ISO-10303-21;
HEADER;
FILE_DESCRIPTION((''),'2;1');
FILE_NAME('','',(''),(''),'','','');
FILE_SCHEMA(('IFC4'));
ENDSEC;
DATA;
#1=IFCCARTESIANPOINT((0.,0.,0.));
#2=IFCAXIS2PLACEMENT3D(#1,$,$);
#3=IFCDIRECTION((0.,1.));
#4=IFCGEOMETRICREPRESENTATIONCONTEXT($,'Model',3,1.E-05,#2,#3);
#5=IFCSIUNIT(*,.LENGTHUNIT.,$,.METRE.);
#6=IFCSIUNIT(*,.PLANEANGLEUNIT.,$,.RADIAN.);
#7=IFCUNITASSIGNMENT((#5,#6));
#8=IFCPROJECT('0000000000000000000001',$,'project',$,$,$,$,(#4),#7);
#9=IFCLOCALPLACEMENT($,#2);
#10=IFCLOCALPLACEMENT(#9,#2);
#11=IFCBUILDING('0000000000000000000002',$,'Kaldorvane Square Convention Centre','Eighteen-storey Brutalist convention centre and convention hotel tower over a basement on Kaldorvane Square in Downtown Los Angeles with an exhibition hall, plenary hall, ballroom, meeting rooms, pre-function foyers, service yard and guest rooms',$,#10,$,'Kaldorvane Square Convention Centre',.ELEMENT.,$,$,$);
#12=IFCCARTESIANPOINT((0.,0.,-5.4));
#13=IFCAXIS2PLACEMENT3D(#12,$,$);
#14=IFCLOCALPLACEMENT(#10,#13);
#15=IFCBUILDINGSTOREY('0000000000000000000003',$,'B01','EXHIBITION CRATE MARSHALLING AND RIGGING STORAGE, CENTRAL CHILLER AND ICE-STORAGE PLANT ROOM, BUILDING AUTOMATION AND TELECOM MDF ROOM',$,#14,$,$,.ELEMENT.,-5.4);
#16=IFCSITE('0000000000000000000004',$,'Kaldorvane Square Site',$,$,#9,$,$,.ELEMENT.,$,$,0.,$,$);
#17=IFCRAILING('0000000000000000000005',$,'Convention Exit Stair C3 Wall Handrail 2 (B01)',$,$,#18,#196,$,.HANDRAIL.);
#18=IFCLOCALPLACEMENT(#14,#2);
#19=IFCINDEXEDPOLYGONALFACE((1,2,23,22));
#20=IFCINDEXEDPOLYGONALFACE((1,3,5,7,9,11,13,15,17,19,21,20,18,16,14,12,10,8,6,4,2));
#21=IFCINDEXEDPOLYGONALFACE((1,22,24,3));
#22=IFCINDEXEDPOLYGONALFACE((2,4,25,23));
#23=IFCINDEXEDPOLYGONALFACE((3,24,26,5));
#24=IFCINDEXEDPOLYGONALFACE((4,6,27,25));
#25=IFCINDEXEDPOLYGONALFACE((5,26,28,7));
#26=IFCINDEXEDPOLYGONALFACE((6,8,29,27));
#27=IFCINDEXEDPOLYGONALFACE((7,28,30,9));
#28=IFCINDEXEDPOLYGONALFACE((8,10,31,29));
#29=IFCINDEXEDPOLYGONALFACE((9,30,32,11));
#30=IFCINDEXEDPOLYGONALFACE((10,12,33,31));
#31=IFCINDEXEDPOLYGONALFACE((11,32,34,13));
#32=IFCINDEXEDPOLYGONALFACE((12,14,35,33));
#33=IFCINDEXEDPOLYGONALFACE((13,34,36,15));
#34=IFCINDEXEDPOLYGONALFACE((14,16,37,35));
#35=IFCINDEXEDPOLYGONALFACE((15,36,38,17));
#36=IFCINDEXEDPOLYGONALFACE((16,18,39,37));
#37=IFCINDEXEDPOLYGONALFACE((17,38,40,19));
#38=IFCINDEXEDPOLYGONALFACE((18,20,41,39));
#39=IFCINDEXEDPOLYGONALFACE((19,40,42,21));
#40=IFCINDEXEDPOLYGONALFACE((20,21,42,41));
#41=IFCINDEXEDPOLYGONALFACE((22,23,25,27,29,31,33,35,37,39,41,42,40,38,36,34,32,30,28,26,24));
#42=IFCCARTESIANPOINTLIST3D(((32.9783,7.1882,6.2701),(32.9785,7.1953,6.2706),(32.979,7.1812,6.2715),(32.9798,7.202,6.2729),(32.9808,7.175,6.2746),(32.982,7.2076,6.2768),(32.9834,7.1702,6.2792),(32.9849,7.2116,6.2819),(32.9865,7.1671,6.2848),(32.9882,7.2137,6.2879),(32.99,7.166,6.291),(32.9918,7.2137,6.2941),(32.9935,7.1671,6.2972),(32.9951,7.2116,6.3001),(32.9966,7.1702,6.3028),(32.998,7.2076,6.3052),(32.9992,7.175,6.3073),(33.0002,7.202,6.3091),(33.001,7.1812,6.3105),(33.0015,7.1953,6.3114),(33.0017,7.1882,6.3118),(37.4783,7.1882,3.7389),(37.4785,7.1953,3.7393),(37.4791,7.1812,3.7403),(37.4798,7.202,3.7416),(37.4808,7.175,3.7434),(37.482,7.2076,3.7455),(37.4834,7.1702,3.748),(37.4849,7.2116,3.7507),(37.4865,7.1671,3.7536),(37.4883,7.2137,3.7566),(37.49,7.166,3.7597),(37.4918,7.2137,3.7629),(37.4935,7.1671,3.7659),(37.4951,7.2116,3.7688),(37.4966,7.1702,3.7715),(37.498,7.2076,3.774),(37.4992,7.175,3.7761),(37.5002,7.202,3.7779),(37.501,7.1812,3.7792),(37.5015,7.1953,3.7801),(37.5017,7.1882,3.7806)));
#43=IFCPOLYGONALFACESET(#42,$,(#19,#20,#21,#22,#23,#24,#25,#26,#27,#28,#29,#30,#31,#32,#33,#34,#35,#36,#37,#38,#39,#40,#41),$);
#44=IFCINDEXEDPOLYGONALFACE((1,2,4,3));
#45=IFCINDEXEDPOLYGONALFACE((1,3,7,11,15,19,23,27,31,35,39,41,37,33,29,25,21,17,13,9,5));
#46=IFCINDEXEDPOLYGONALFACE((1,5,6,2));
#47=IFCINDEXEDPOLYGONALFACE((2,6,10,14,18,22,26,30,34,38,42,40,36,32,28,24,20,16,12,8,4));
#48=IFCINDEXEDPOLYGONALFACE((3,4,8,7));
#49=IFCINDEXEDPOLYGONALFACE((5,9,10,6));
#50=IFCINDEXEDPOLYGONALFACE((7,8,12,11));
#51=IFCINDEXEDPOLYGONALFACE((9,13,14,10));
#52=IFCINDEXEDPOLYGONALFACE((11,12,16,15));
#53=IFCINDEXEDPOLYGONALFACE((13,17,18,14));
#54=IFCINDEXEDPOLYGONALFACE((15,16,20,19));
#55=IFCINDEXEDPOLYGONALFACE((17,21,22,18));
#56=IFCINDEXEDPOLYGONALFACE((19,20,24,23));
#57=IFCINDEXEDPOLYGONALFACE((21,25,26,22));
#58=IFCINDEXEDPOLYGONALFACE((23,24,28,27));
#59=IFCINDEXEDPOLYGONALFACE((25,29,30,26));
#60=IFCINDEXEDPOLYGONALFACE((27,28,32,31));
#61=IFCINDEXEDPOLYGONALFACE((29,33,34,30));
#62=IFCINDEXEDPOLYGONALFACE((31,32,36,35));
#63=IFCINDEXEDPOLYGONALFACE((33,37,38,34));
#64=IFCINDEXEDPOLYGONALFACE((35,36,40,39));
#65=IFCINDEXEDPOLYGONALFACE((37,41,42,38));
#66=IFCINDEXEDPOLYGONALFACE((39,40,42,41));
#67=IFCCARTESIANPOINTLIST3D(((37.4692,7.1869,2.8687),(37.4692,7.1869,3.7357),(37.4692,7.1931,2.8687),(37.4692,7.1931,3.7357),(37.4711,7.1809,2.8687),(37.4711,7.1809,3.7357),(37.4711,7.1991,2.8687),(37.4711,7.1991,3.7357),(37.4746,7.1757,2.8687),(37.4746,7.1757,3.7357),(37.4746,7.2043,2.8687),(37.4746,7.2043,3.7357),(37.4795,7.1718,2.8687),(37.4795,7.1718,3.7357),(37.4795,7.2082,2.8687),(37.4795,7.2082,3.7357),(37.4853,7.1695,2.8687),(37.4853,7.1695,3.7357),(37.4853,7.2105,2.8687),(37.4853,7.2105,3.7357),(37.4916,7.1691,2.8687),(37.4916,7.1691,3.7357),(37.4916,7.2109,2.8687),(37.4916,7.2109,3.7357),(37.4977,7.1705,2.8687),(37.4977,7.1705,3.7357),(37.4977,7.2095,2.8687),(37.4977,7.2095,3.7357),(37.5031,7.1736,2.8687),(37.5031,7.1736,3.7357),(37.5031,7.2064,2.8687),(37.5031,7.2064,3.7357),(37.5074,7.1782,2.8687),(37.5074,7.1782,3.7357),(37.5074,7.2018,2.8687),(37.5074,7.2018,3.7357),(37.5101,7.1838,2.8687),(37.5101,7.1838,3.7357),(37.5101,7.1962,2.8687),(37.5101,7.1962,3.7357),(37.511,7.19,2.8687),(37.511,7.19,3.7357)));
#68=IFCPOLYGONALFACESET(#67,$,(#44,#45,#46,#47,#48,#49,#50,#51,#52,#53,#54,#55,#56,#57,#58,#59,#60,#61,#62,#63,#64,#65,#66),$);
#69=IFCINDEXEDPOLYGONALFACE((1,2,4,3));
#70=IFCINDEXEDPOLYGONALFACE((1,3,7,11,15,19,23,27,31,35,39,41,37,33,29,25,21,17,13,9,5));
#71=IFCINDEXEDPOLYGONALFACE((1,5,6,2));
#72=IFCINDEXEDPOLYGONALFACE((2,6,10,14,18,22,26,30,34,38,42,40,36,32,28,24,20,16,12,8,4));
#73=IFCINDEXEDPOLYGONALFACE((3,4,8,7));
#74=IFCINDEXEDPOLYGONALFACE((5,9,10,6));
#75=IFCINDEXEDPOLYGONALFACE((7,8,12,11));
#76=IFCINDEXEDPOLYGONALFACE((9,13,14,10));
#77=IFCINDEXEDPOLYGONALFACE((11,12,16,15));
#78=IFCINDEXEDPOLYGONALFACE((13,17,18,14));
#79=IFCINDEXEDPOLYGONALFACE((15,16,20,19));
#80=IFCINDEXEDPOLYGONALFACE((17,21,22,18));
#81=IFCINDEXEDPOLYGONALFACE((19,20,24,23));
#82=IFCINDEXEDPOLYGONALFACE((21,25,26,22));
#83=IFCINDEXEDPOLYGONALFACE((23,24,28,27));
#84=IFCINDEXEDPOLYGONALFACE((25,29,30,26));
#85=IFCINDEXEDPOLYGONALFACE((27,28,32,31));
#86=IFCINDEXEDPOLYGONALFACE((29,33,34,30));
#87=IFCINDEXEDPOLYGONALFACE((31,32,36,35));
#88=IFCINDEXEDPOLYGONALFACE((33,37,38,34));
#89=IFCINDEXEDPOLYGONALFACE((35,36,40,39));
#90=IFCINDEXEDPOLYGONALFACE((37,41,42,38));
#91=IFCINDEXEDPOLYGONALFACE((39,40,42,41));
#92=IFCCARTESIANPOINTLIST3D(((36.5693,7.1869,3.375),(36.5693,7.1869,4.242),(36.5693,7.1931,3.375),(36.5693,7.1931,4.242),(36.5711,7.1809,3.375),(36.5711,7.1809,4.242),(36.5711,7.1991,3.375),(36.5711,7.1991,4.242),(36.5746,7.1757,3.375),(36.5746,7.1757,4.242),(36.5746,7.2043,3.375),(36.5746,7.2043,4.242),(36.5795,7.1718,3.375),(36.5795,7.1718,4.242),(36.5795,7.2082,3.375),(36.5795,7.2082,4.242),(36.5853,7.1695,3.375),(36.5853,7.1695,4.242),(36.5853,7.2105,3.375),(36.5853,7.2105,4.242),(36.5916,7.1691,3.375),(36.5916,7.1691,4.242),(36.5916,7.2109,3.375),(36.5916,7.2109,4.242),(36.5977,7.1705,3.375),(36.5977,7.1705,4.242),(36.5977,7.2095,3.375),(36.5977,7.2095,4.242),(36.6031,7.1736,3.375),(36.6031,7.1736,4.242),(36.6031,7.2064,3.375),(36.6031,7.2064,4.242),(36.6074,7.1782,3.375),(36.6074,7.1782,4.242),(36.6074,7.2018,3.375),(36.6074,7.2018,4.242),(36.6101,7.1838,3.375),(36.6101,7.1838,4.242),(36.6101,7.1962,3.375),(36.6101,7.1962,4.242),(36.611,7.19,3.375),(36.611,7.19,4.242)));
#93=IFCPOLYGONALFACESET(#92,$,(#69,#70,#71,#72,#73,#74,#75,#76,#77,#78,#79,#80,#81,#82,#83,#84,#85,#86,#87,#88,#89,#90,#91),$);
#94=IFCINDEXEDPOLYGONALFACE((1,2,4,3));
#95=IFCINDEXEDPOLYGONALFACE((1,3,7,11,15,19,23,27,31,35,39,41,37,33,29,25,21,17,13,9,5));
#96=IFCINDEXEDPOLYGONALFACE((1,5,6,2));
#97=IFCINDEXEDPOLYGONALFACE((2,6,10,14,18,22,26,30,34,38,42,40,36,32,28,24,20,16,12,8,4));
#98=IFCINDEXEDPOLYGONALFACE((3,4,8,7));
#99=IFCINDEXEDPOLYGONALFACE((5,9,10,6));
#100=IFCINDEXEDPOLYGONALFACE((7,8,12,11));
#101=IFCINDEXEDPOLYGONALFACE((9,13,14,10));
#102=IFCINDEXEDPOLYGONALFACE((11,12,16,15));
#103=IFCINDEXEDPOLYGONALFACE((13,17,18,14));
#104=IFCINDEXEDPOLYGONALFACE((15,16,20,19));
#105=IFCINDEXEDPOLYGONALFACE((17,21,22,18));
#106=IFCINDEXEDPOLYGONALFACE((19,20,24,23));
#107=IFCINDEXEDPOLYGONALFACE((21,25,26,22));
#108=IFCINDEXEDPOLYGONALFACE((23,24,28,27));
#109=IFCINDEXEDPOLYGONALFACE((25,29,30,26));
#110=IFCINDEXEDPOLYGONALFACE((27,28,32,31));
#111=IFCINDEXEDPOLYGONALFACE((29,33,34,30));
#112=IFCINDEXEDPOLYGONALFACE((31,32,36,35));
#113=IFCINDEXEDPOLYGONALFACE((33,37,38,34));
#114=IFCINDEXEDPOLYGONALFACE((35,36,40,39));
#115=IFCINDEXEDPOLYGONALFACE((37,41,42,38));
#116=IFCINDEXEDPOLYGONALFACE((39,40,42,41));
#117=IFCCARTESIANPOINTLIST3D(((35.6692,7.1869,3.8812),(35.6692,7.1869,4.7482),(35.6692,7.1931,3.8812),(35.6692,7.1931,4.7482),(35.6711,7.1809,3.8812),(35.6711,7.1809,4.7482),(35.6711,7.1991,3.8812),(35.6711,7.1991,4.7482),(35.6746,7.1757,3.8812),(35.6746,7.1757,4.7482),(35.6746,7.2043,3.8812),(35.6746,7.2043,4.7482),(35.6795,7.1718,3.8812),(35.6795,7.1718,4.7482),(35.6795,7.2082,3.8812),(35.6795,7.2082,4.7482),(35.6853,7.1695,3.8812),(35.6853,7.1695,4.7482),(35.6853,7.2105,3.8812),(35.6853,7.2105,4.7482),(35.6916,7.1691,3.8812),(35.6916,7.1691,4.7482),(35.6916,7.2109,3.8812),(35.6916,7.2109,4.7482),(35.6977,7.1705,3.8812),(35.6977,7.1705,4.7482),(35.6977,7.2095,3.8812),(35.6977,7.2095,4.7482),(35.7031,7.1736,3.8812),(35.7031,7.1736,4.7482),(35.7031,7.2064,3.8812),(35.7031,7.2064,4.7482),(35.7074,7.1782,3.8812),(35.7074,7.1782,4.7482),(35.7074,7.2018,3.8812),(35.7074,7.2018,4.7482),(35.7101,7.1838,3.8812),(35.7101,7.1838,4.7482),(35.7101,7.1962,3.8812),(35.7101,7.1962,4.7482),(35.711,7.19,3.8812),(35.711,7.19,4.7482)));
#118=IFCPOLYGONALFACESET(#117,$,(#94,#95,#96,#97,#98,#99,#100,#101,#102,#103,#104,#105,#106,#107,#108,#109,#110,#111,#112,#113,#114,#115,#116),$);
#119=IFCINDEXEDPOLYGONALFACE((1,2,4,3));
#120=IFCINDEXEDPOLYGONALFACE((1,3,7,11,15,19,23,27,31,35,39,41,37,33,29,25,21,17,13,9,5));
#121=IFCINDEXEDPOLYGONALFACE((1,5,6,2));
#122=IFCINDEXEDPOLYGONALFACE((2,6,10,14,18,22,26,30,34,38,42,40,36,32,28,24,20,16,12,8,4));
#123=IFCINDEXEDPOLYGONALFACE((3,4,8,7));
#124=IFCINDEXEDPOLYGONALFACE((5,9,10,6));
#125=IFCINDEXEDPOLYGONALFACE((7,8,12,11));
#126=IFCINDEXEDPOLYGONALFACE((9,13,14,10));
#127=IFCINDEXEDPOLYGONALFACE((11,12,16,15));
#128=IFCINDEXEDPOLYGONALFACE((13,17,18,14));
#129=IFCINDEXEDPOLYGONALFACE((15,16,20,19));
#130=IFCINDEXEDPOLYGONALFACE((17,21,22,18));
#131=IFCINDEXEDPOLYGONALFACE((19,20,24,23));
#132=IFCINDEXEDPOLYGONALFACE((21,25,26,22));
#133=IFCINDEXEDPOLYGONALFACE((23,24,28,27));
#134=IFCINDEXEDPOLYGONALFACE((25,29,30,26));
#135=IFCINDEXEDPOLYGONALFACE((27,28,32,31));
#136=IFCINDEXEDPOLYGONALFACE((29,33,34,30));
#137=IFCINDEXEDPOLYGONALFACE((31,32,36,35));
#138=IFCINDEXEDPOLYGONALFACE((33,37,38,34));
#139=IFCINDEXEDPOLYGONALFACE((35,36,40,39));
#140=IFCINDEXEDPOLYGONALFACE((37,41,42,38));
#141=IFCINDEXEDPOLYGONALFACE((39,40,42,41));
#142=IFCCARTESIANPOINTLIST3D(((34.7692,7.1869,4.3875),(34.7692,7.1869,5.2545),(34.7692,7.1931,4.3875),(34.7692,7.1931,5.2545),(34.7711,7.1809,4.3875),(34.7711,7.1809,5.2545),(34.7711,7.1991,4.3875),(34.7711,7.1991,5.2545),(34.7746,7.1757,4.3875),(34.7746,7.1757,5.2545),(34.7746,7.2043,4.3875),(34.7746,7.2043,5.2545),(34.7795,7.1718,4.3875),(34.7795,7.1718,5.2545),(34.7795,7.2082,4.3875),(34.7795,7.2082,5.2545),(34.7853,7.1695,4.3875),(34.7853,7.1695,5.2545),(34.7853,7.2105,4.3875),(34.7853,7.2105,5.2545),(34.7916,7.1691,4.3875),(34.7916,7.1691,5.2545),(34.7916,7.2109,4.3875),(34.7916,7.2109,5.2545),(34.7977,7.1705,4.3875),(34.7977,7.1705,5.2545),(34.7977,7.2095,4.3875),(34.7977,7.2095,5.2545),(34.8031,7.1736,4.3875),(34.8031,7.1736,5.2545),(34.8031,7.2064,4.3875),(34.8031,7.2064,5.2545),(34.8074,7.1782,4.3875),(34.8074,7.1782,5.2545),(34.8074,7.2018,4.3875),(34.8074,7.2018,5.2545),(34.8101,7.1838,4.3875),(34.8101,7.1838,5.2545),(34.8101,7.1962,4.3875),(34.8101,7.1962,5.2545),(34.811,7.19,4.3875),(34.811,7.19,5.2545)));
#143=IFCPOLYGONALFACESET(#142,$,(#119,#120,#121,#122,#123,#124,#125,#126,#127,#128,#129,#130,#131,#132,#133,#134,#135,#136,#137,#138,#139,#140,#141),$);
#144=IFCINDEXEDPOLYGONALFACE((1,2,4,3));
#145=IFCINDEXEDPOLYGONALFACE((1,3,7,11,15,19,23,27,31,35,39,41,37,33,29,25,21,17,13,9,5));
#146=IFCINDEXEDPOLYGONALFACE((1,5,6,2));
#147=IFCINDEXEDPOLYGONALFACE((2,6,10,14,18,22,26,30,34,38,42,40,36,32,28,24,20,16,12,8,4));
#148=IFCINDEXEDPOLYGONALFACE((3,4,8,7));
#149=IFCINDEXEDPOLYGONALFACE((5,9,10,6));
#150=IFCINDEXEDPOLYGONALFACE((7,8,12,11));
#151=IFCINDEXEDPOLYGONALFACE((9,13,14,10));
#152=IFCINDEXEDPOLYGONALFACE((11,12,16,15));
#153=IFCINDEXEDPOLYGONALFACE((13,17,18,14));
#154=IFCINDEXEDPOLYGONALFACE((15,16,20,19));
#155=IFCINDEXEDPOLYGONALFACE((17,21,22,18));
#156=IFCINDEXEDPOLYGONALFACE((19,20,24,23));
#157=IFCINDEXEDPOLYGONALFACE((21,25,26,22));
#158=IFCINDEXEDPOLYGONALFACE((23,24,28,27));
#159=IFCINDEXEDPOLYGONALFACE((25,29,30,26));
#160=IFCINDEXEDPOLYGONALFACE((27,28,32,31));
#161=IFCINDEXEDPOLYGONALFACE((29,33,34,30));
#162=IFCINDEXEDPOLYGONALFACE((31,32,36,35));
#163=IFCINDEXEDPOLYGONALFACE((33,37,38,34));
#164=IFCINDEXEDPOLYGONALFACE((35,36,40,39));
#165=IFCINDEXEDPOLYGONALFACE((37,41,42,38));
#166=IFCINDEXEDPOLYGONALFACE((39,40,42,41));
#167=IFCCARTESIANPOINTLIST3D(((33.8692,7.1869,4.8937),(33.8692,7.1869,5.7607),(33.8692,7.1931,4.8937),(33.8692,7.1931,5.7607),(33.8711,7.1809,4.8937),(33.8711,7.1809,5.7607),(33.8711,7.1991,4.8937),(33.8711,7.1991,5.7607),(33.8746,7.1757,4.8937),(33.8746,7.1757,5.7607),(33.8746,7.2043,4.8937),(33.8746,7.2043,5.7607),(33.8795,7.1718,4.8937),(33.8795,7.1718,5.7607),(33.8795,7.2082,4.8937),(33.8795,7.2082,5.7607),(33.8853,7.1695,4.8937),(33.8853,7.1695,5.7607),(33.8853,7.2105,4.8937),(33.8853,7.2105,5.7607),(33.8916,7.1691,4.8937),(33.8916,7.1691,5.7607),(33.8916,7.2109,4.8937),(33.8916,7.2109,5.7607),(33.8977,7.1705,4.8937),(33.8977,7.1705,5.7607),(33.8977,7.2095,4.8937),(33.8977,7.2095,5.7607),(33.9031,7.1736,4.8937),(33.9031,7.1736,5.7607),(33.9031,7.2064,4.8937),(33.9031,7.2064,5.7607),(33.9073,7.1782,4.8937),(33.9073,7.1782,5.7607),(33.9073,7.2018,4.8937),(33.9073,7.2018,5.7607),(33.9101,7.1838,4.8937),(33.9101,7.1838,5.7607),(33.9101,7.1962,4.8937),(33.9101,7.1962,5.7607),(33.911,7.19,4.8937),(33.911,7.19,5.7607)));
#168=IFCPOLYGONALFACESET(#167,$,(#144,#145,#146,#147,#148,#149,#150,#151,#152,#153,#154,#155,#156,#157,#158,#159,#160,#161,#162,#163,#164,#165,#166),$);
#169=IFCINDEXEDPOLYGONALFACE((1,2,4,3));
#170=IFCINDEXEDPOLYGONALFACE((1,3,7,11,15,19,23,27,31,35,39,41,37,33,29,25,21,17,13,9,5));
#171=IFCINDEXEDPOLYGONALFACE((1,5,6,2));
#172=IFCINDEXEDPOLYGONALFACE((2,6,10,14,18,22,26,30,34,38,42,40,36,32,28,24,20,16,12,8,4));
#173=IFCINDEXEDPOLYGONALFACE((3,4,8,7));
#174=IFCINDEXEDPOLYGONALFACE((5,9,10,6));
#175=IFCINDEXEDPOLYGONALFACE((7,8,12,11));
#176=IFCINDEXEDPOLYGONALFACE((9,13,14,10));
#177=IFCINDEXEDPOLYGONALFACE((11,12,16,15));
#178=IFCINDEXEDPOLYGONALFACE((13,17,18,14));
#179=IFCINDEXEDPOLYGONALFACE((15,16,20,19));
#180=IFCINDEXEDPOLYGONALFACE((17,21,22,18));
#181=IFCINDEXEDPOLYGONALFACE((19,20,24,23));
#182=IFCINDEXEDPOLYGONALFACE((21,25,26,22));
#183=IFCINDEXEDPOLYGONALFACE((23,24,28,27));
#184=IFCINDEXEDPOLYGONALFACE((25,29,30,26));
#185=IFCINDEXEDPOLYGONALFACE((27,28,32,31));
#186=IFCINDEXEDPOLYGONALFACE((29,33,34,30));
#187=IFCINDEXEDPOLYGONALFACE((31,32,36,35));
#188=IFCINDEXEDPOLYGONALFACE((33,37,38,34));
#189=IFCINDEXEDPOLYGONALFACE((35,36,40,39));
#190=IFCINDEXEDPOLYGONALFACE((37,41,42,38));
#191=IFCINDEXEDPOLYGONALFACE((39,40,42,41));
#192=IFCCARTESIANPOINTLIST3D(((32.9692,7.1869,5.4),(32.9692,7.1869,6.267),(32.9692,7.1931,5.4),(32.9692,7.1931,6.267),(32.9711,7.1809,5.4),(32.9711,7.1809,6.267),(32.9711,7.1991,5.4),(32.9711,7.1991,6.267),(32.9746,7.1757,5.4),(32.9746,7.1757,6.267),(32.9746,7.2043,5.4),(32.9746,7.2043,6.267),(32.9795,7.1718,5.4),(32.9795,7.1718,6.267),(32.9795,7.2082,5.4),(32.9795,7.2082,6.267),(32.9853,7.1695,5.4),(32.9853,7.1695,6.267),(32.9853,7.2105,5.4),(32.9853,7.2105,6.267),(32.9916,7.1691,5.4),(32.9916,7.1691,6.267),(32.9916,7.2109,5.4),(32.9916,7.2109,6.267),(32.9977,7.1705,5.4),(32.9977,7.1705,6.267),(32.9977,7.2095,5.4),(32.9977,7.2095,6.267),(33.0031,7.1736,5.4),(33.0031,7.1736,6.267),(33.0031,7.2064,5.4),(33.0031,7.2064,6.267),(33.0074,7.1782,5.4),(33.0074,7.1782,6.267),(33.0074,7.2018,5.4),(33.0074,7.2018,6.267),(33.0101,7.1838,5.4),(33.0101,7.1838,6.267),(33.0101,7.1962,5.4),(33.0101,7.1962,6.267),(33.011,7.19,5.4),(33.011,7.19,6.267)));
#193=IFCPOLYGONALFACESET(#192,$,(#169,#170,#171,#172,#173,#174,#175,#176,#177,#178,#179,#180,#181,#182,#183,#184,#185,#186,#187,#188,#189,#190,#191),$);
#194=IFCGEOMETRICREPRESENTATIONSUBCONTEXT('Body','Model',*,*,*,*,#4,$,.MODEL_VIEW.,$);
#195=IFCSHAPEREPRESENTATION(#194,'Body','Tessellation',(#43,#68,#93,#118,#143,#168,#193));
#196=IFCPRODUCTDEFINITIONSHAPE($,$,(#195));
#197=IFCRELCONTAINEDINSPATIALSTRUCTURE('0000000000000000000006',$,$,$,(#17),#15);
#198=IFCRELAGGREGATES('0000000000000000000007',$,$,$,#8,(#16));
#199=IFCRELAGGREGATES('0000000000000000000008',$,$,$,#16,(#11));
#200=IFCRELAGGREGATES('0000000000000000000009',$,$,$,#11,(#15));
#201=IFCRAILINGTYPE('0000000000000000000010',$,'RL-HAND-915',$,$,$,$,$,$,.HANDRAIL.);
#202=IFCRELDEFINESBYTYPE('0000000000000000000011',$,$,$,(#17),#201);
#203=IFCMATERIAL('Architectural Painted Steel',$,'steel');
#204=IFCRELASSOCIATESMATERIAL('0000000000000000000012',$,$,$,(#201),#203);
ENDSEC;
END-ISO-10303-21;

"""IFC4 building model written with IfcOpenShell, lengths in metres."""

from ifc_helpers import new_model, si_unit, direction, frame, origin, origin_2d, place, context, subcontext, project, spatial, circle, extrude, material, type_object, element, save


model = new_model("IFC4")

# Units and contexts
model_context = context("Model", 3, precision=1e-05, world=origin(), true_north=direction((0.0, 1.0)))
body_context = subcontext(model_context, "Body", "Model", "MODEL_VIEW")
ifc_project = project(units=[si_unit("LENGTHUNIT", "METRE"), si_unit("PLANEANGLEUNIT", "RADIAN")], contexts=[model_context])

# Site, building, storey
site_placement = place(None, origin())
site = spatial("IfcSite", under=ifc_project, at=site_placement, Name="Kaldorvane Square Site", CompositionType="ELEMENT", RefElevation=0.0)
building_placement = place(site_placement, origin())
building = spatial("IfcBuilding", under=site, at=building_placement, Name="Kaldorvane Square Convention Centre", Description="Eighteen-storey Brutalist convention centre and convention hotel tower over a basement on Kaldorvane Square in Downtown Los Angeles with an exhibition hall, plenary hall, ballroom, meeting rooms, pre-function foyers, service yard and guest rooms", LongName="Kaldorvane Square Convention Centre", CompositionType="ELEMENT")
storey_placement = place(building_placement, frame((0.0, 0.0, -5.4)))
storey = spatial("IfcBuildingStorey", under=building, at=storey_placement, Name="B01", Description="EXHIBITION CRATE MARSHALLING AND RIGGING STORAGE, CENTRAL CHILLER AND ICE-STORAGE PLANT ROOM, BUILDING AUTOMATION AND TELECOM MDF ROOM", CompositionType="ELEMENT", Elevation=-5.4)

# Railing
ifc_material_1 = material(Name="Architectural Painted Steel", Category="steel")
railing_type = type_object("IfcRailingType", Name="RL-HAND-915", PredefinedType="HANDRAIL", material=ifc_material_1)
railing_placement = place(storey_placement, frame((37.49, 7.19, 2.8687)))
element("IfcRailing", 1, at=railing_placement, inside=storey, type_object=railing_type, Name="Convention Exit Stair C3 Wall Handrail 2 (B01)", PredefinedType="HANDRAIL", context=body_context, shape_type="SweptSolid", body=[
    extrude(circle(Radius=0.024, at=origin_2d()), frame((0.0, 0.0, 0.891), z_axis=(-0.871576, 0.0, 0.490261), x_axis=(0.0, -1.0, 0.0)), (0.0, 0.0, 1.0), 5.1631),
    extrude(circle(Radius=0.021, at=origin_2d()), origin(), (0.0, 0.0, 1.0), 0.867),
    extrude(circle(Radius=0.021, at=origin_2d()), frame((-0.9, 0.0, 0.5063)), (0.0, 0.0, 1.0), 0.867),
    extrude(circle(Radius=0.021, at=origin_2d()), frame((-1.8, 0.0, 1.0125)), (0.0, 0.0, 1.0), 0.867),
    extrude(circle(Radius=0.021, at=origin_2d()), frame((-2.7, 0.0, 1.5188)), (0.0, 0.0, 1.0), 0.867),
    extrude(circle(Radius=0.021, at=origin_2d()), frame((-3.6, 0.0, 2.025)), (0.0, 0.0, 1.0), 0.867),
    extrude(circle(Radius=0.021, at=origin_2d()), frame((-4.5, 0.0, 2.5312)), (0.0, 0.0, 1.0), 0.867),
])

save(model, "model.ifc")
